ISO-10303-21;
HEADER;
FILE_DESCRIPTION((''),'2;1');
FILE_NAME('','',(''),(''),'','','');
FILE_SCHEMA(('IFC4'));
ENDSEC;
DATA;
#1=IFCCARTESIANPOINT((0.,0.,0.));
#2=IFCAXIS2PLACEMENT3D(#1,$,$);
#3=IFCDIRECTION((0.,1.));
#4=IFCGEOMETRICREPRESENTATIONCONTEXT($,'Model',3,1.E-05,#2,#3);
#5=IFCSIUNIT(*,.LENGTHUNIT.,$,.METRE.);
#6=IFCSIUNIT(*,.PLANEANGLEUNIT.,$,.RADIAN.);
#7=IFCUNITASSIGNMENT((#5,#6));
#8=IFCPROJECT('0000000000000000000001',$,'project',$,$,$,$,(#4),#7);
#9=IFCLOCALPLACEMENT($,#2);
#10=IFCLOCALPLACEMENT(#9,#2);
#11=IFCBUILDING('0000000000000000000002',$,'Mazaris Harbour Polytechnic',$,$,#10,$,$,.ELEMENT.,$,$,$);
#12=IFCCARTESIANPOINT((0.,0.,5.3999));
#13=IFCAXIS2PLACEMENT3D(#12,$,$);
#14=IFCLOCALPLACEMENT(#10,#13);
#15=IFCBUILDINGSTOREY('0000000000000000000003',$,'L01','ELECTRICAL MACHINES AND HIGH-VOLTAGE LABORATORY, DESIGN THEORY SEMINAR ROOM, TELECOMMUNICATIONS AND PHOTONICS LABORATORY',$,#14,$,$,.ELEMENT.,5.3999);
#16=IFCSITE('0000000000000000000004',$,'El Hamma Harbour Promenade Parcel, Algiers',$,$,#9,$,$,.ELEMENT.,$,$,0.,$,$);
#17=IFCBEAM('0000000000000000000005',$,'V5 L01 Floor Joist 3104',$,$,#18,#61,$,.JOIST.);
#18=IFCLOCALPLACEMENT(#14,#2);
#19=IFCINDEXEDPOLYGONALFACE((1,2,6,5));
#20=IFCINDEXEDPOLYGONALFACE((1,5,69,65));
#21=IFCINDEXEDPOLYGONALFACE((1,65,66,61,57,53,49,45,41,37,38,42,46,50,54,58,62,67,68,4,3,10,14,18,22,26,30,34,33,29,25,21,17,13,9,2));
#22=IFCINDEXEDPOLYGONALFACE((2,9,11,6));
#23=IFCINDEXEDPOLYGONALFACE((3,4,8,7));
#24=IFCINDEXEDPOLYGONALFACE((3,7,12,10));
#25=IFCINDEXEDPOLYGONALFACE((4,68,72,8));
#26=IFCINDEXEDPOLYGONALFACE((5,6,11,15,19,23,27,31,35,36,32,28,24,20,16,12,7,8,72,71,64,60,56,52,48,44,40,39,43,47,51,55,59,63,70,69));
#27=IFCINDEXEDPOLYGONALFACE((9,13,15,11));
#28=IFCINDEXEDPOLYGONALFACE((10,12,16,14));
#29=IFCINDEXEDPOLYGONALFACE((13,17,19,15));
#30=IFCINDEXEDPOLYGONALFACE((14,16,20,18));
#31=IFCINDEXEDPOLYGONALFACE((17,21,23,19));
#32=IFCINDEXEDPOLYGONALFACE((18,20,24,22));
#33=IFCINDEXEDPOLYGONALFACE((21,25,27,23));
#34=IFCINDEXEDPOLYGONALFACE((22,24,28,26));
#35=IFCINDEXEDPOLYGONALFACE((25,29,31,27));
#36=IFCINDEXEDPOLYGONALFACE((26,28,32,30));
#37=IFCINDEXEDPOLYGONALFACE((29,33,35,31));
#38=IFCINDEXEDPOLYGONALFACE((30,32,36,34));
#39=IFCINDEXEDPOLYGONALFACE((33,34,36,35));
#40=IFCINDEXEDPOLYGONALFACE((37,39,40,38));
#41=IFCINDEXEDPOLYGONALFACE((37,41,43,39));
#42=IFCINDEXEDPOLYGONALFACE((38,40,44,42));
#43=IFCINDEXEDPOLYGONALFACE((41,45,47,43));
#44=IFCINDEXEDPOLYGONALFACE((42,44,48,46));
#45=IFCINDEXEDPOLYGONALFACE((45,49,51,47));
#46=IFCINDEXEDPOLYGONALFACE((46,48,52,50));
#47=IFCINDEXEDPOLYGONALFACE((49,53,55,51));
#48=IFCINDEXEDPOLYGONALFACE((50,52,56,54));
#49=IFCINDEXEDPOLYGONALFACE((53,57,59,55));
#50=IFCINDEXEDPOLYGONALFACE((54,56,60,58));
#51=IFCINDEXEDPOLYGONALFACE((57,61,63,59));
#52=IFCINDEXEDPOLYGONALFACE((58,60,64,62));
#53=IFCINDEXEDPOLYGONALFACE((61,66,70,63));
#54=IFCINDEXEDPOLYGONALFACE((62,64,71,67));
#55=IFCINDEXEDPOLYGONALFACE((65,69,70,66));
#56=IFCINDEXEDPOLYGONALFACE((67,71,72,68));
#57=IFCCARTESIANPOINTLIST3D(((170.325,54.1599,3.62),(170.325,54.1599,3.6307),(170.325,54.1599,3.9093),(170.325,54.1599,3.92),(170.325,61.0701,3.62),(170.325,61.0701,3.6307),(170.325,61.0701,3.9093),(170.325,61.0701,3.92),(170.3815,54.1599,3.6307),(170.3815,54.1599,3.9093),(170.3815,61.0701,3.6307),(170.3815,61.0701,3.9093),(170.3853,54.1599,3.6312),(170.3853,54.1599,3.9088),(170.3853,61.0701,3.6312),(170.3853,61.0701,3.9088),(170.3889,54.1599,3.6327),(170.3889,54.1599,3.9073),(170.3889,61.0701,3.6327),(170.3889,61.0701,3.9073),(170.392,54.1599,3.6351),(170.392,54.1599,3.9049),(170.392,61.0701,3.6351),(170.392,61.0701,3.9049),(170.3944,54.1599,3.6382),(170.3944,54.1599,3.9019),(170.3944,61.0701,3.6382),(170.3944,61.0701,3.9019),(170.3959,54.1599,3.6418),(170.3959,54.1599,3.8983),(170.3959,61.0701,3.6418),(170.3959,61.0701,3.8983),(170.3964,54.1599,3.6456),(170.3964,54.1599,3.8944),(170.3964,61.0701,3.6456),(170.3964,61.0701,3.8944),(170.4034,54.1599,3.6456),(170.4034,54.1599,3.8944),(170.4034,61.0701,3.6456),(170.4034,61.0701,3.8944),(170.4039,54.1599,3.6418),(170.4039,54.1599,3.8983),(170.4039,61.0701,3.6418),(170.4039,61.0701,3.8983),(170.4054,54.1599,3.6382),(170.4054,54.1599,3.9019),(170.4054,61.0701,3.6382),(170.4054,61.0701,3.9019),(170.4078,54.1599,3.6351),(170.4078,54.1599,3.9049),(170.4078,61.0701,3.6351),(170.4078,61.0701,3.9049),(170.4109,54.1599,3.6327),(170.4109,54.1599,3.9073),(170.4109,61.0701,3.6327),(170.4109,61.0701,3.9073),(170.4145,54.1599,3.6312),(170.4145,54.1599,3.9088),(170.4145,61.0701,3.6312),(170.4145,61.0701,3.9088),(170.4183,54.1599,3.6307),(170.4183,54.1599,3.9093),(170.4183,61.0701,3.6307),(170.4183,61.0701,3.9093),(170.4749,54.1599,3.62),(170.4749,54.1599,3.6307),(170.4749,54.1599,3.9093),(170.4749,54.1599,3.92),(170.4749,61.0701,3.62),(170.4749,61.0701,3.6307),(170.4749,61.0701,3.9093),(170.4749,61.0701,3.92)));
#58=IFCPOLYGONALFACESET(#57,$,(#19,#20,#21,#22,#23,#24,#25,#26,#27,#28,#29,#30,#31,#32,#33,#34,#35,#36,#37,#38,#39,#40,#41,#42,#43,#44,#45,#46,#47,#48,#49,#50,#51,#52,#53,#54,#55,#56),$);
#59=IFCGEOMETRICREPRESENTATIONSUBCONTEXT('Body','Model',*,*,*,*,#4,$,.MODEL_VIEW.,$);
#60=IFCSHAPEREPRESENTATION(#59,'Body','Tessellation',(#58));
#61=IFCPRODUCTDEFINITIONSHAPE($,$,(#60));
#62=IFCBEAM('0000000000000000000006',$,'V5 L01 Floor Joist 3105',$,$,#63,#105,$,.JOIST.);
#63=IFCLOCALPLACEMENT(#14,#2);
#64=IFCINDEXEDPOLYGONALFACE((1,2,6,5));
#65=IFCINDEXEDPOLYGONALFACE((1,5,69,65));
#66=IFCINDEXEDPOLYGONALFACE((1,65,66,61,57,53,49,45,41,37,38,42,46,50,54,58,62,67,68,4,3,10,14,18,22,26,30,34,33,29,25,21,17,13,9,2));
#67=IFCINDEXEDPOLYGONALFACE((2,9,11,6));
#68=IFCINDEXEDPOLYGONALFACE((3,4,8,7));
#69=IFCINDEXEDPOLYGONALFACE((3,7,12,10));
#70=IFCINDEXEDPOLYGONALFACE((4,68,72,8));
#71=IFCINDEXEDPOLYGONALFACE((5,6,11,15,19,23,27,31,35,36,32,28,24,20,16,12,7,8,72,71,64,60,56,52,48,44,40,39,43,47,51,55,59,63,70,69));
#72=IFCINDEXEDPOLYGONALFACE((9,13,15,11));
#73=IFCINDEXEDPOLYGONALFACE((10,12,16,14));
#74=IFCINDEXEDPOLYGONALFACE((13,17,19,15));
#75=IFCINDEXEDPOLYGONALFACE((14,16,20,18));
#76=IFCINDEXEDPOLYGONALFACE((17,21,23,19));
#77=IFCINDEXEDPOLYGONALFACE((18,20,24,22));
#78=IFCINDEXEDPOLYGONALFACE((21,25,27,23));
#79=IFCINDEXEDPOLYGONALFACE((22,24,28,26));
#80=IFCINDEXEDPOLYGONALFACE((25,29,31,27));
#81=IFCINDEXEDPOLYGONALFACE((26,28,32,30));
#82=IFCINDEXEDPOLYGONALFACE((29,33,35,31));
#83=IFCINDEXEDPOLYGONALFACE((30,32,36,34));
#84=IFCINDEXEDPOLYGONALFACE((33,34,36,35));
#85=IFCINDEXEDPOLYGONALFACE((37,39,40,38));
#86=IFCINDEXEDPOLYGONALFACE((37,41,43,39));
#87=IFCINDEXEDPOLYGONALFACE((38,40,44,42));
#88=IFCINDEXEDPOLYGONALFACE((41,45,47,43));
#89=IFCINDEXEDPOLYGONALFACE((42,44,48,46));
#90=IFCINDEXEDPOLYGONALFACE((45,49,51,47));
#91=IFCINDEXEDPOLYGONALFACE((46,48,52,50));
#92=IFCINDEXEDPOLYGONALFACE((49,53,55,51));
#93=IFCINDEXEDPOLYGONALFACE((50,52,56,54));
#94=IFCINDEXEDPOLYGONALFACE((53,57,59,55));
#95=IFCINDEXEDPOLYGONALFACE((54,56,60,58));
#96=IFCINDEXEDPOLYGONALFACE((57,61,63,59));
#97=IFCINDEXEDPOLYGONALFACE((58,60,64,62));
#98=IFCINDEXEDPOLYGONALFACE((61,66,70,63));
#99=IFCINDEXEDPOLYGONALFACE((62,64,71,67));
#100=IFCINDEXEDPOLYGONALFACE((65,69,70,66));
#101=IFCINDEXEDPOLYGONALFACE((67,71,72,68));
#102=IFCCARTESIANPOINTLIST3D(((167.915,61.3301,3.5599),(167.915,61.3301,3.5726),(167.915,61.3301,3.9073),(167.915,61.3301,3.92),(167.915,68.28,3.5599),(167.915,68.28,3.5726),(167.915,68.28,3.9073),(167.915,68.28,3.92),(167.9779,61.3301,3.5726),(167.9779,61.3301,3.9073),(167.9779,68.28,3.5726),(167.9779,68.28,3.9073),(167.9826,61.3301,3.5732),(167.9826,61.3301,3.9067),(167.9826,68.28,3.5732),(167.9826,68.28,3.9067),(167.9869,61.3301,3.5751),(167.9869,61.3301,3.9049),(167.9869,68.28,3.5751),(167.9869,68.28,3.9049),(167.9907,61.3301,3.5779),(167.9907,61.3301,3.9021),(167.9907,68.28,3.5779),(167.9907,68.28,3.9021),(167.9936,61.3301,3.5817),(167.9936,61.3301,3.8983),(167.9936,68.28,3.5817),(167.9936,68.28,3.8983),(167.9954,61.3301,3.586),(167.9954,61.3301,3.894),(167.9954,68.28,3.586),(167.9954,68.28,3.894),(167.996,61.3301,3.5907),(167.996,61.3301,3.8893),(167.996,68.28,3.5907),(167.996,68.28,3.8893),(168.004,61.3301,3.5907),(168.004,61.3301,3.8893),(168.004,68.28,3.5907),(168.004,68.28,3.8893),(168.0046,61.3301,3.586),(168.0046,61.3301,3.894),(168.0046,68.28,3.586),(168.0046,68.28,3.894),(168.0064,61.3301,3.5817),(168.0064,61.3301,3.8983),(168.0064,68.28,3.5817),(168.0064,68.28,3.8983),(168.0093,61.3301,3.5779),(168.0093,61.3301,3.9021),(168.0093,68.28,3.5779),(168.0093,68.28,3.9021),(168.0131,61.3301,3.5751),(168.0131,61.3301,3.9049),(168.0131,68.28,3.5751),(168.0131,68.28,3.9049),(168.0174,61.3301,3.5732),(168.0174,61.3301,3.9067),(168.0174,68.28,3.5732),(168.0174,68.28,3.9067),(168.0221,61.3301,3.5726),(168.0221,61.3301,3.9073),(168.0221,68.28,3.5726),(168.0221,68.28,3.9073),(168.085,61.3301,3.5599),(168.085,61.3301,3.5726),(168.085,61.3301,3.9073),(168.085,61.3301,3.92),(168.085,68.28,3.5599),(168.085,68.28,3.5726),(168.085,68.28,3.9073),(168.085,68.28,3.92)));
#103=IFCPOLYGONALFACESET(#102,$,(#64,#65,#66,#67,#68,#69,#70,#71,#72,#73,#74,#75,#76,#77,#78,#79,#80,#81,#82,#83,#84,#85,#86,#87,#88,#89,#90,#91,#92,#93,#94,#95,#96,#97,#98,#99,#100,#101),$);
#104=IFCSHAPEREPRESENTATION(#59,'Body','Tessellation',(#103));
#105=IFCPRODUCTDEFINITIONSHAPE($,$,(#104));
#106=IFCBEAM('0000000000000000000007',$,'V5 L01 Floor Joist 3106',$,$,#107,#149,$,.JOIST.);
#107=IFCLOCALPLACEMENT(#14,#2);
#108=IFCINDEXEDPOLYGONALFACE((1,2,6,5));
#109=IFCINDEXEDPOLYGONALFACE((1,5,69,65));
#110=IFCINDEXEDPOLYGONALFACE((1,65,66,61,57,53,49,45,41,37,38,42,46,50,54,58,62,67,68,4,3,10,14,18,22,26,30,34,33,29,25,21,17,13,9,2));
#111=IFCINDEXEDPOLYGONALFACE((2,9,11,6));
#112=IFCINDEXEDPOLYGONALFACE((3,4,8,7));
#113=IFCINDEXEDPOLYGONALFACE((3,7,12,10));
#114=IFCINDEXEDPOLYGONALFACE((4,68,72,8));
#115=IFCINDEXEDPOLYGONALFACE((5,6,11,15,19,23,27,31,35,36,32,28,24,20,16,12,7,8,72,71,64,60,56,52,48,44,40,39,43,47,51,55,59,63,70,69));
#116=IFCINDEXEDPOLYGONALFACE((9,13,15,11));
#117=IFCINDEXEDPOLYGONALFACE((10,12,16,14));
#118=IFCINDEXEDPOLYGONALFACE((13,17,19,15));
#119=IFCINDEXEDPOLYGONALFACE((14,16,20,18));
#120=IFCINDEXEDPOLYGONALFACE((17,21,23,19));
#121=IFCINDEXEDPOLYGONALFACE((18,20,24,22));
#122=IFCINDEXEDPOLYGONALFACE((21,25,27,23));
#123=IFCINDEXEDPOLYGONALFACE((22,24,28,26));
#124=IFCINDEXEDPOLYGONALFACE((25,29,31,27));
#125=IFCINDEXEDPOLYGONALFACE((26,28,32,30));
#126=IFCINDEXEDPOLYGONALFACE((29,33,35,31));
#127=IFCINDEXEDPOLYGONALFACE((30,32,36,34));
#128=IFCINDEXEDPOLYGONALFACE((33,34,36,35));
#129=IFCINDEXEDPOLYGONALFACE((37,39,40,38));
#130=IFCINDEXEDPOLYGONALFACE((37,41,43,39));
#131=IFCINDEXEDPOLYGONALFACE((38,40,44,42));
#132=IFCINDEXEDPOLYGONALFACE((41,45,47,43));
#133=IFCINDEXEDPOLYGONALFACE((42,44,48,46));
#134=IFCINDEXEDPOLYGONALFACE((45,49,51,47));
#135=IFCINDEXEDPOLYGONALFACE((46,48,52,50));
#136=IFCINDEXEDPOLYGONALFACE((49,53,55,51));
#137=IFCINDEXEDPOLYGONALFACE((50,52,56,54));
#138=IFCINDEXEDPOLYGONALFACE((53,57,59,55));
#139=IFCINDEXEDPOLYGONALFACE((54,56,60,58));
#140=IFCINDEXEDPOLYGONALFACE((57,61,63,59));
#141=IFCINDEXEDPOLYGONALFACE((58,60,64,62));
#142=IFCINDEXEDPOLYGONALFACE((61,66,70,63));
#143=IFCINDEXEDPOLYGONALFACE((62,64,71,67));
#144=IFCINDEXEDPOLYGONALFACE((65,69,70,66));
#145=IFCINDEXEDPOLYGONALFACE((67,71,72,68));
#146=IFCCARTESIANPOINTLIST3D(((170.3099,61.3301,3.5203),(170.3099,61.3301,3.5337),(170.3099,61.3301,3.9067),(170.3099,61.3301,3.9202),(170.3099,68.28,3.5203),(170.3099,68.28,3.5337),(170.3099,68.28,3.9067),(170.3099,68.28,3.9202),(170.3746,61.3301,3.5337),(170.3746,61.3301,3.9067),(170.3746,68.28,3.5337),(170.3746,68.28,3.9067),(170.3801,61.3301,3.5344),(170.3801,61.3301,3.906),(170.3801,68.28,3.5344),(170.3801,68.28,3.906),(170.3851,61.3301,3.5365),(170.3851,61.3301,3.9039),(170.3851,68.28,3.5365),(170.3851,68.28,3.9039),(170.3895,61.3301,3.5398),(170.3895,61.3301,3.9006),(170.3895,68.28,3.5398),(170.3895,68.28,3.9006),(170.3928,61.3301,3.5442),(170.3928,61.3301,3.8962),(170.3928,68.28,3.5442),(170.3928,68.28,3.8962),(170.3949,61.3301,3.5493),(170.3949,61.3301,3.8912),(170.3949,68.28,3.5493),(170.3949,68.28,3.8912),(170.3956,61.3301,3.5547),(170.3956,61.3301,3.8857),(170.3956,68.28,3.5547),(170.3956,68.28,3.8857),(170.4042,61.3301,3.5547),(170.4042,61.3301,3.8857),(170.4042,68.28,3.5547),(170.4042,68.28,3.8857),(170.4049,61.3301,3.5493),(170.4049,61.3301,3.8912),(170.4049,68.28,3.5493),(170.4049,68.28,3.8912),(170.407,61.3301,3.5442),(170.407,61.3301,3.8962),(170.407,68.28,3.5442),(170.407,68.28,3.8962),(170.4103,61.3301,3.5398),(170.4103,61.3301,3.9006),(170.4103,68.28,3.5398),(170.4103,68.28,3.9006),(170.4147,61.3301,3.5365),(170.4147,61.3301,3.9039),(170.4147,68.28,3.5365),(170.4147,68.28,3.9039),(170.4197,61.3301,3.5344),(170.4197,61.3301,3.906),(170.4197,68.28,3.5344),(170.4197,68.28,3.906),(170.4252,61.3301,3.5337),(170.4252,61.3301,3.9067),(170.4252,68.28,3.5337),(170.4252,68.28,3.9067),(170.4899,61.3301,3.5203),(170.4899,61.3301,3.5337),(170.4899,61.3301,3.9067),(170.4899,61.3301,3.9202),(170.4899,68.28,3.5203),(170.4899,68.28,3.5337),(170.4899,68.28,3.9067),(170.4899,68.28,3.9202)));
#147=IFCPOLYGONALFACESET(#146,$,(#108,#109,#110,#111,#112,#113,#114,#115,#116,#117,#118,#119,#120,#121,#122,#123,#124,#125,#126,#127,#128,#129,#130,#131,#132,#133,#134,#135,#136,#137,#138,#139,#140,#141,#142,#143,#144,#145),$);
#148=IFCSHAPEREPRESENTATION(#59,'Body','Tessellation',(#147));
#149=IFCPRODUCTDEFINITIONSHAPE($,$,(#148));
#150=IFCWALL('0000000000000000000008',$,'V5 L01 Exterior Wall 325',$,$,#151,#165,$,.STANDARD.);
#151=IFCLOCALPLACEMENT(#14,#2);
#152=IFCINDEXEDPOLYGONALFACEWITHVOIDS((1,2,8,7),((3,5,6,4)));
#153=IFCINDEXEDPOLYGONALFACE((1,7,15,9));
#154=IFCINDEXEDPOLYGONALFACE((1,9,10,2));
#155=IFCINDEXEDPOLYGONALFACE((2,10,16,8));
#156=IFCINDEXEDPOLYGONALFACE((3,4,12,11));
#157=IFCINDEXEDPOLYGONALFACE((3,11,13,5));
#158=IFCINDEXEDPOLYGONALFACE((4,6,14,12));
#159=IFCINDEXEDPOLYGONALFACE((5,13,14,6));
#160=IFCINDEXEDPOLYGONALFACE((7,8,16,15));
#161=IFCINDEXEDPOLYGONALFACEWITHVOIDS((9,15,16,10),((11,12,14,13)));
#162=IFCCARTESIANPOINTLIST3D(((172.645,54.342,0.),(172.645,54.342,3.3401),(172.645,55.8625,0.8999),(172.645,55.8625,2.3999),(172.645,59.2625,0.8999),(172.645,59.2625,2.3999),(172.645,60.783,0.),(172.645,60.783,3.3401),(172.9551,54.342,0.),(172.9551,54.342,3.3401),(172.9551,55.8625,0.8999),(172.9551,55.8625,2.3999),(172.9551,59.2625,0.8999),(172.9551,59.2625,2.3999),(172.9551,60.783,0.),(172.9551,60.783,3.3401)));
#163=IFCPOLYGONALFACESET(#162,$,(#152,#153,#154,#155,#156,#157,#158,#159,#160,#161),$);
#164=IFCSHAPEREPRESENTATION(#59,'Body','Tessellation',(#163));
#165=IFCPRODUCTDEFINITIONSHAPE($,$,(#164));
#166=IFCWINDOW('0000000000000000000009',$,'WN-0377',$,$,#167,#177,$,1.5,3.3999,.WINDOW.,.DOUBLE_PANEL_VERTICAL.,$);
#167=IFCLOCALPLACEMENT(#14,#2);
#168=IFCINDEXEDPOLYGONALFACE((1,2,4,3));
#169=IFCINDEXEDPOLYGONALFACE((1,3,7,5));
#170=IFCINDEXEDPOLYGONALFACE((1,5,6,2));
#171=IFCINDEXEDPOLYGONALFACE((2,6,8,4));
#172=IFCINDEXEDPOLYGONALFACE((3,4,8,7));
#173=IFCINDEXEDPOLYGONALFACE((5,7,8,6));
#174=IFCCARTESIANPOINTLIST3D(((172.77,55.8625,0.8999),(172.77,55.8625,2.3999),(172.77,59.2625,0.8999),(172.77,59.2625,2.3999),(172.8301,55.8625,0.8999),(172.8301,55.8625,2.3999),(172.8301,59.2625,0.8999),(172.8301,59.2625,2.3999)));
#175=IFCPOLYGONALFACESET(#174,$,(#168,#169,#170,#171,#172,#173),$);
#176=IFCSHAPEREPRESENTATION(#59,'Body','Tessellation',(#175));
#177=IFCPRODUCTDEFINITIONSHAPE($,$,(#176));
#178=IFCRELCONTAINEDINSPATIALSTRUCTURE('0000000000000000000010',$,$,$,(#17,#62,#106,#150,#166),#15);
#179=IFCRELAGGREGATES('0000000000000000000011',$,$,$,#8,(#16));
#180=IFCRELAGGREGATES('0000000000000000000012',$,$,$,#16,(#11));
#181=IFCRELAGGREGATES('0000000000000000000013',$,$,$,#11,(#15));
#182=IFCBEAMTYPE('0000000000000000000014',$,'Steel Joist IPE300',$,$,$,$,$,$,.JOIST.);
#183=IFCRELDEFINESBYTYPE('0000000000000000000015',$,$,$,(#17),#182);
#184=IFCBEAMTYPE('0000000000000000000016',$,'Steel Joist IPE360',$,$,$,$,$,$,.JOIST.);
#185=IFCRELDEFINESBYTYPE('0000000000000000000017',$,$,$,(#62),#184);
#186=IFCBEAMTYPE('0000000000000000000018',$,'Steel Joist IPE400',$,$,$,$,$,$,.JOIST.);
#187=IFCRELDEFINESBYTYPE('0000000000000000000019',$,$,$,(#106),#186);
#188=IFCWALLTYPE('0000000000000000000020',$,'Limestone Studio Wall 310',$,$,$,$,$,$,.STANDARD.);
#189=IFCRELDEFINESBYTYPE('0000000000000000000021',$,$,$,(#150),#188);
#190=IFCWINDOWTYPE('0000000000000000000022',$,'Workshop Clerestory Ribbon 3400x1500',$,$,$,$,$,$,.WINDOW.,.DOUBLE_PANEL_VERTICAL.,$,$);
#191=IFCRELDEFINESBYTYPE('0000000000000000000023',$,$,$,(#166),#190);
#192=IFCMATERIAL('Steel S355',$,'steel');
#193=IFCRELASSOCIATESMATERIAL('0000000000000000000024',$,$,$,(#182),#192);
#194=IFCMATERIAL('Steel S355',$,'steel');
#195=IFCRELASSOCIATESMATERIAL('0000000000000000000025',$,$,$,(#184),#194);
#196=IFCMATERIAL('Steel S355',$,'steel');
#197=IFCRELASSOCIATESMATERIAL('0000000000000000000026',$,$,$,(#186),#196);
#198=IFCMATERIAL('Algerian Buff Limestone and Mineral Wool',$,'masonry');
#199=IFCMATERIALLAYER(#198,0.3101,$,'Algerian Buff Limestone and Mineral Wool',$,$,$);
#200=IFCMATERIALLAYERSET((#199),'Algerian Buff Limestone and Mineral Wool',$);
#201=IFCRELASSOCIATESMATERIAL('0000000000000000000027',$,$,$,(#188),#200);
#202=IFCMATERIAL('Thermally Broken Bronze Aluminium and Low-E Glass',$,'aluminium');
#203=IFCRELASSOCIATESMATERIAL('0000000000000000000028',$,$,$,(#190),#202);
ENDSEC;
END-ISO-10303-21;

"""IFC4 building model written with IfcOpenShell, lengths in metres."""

from ifc_helpers import new_model, si_unit, direction, frame, frame_2d, origin, origin_2d, place, context, subcontext, project, spatial, rectangle, i_section, extrude, material, layer, layer_set, material_profile, profile_set, type_object, element, fill, save


model = new_model("IFC4")

# Units and contexts
model_context = context("Model", 3, precision=1e-05, world=origin(), true_north=direction((0.0, 1.0)))
body_context = subcontext(model_context, "Body", "Model", "MODEL_VIEW")
ifc_project = project(units=[si_unit("LENGTHUNIT", "METRE"), si_unit("PLANEANGLEUNIT", "RADIAN")], contexts=[model_context])

# Site, building, storey
site_placement = place(None, origin())
site = spatial("IfcSite", under=ifc_project, at=site_placement, Name="El Hamma Harbour Promenade Parcel, Algiers", CompositionType="ELEMENT", RefElevation=0.0)
building_placement = place(site_placement, origin())
building = spatial("IfcBuilding", under=site, at=building_placement, Name="Mazaris Harbour Polytechnic", CompositionType="ELEMENT")
storey_placement = place(building_placement, frame((0.0, 0.0, 5.3999)))
storey = spatial("IfcBuildingStorey", under=building, at=storey_placement, Name="L01", Description="ELECTRICAL MACHINES AND HIGH-VOLTAGE LABORATORY, DESIGN THEORY SEMINAR ROOM, TELECOMMUNICATIONS AND PHOTONICS LABORATORY", CompositionType="ELEMENT", Elevation=5.3999)

# Beams
ifc_material_1 = material(Name="Steel S355", Category="steel")
ifc_material_profile_1 = material_profile(ifc_material_1, i_section(OverallWidth=0.1499, OverallDepth=0.3, WebThickness=0.0071, FlangeThickness=0.0107, FilletRadius=0.0149, at=origin_2d()), Name="IPE 300")
ifc_profile_set_1 = profile_set([ifc_material_profile_1], Name="Steel S355")
beam_type_1 = type_object("IfcBeamType", Name="Steel Joist IPE300", PredefinedType="JOIST", material=ifc_profile_set_1)
beam_1_placement = place(storey_placement, frame((170.3999, 54.1599, 3.77), z_axis=(0.0, 1.0, 0.0), x_axis=(-1.0, 0.0, 0.0)))
element("IfcBeam", 1, at=beam_1_placement, inside=storey, type_object=beam_type_1, Name="V5 L01 Floor Joist 3104", PredefinedType="JOIST", context=body_context, shape_type="SweptSolid", body=[
    extrude(i_section(OverallWidth=0.1499, OverallDepth=0.3, WebThickness=0.0071, FlangeThickness=0.0107, FilletRadius=0.0149, at=origin_2d()), origin(), (0.0, 0.0, 1.0), 6.9102),
])
ifc_material_2 = material(Name="Steel S355", Category="steel")
ifc_material_profile_2 = material_profile(ifc_material_2, i_section(OverallWidth=0.1699, OverallDepth=0.3601, WebThickness=0.0081, FlangeThickness=0.0127, FilletRadius=0.0181, at=origin_2d()), Name="IPE 360")
ifc_profile_set_2 = profile_set([ifc_material_profile_2], Name="Steel S355")
beam_type_2 = type_object("IfcBeamType", Name="Steel Joist IPE360", PredefinedType="JOIST", material=ifc_profile_set_2)
beam_2_placement = place(storey_placement, frame((168.0, 61.3301, 3.74), z_axis=(0.0, 1.0, 0.0), x_axis=(-1.0, 0.0, 0.0)))
element("IfcBeam", 2, at=beam_2_placement, inside=storey, type_object=beam_type_2, Name="V5 L01 Floor Joist 3105", PredefinedType="JOIST", context=body_context, shape_type="SweptSolid", body=[
    extrude(i_section(OverallWidth=0.1699, OverallDepth=0.3601, WebThickness=0.0081, FlangeThickness=0.0127, FilletRadius=0.0181, at=origin_2d()), origin(), (0.0, 0.0, 1.0), 6.95),
])
ifc_material_3 = material(Name="Steel S355", Category="steel")
ifc_material_profile_3 = material_profile(ifc_material_3, i_section(OverallWidth=0.1799, OverallDepth=0.3999, WebThickness=0.0085, FlangeThickness=0.0134, FilletRadius=0.021, at=origin_2d()), Name="IPE 400")
ifc_profile_set_3 = profile_set([ifc_material_profile_3], Name="Steel S355")
beam_type_3 = type_object("IfcBeamType", Name="Steel Joist IPE400", PredefinedType="JOIST", material=ifc_profile_set_3)
beam_3_placement = place(storey_placement, frame((170.3999, 61.3301, 3.7202), z_axis=(0.0, 1.0, 0.0), x_axis=(-1.0, 0.0, 0.0)))
element("IfcBeam", 3, at=beam_3_placement, inside=storey, type_object=beam_type_3, Name="V5 L01 Floor Joist 3106", PredefinedType="JOIST", context=body_context, shape_type="SweptSolid", body=[
    extrude(i_section(OverallWidth=0.1799, OverallDepth=0.3999, WebThickness=0.0085, FlangeThickness=0.0134, FilletRadius=0.021, at=origin_2d()), origin(), (0.0, 0.0, 1.0), 6.95),
])

# Wall, opening, window
ifc_material_4 = material(Name="Algerian Buff Limestone and Mineral Wool", Category="masonry")
ifc_layer = layer(ifc_material_4, 0.3101, Name="Algerian Buff Limestone and Mineral Wool")
ifc_layer_set = layer_set([ifc_layer], Name="Algerian Buff Limestone and Mineral Wool")
wall_type = type_object("IfcWallType", Name="Limestone Studio Wall 310", PredefinedType="STANDARD", material=ifc_layer_set)
wall_placement = place(storey_placement, frame((172.8, 60.783, 0.0), z_axis=(0.0, 0.0, 1.0), x_axis=(0.0, -1.0, 0.0)))
wall = element("IfcWall", 4, at=wall_placement, inside=storey, type_object=wall_type, Name="V5 L01 Exterior Wall 325", PredefinedType="STANDARD", context=body_context, shape_type="SweptSolid", body=[
    extrude(rectangle(XDim=6.4409, YDim=0.3101, at=frame_2d((3.2205, 0.0))), origin(), (0.0, 0.0, 1.0), 3.3401),
])
opening_placement = place(wall_placement, frame((1.5205, 0.0, 0.8999)))
opening = element("IfcOpeningElement", 5, at=opening_placement, cuts=wall, PredefinedType="OPENING", context=body_context, shape_type="SweptSolid", body=[
    extrude(rectangle(XDim=3.3999, YDim=1.5, at=frame_2d((1.7, 0.75))), frame((0.0, 0.165, 0.0), z_axis=(0.0, -1.0, 0.0), x_axis=(1.0, 0.0, 0.0)), (0.0, 0.0, 1.0), 0.3301),
])
ifc_material_5 = material(Name="Thermally Broken Bronze Aluminium and Low-E Glass", Category="aluminium")
window_type = type_object("IfcWindowType", Name="Workshop Clerestory Ribbon 3400x1500", PartitioningType="DOUBLE_PANEL_VERTICAL", PredefinedType="WINDOW", material=ifc_material_5)
window_placement = place(opening_placement, origin())
window = element("IfcWindow", 6, at=window_placement, inside=storey, type_object=window_type, Name="WN-0377", OverallHeight=1.5, OverallWidth=3.3999, PartitioningType="DOUBLE_PANEL_VERTICAL", PredefinedType="WINDOW", context=body_context, shape_type="SweptSolid", body=[
    extrude(rectangle(XDim=3.3999, YDim=1.5, at=frame_2d((1.7, 0.75))), frame((0.0, 0.03, 0.0), z_axis=(0.0, -1.0, 0.0), x_axis=(1.0, 0.0, 0.0)), (0.0, 0.0, 1.0), 0.0601),
])
fill(opening, window)

save(model, "model.ifc")
